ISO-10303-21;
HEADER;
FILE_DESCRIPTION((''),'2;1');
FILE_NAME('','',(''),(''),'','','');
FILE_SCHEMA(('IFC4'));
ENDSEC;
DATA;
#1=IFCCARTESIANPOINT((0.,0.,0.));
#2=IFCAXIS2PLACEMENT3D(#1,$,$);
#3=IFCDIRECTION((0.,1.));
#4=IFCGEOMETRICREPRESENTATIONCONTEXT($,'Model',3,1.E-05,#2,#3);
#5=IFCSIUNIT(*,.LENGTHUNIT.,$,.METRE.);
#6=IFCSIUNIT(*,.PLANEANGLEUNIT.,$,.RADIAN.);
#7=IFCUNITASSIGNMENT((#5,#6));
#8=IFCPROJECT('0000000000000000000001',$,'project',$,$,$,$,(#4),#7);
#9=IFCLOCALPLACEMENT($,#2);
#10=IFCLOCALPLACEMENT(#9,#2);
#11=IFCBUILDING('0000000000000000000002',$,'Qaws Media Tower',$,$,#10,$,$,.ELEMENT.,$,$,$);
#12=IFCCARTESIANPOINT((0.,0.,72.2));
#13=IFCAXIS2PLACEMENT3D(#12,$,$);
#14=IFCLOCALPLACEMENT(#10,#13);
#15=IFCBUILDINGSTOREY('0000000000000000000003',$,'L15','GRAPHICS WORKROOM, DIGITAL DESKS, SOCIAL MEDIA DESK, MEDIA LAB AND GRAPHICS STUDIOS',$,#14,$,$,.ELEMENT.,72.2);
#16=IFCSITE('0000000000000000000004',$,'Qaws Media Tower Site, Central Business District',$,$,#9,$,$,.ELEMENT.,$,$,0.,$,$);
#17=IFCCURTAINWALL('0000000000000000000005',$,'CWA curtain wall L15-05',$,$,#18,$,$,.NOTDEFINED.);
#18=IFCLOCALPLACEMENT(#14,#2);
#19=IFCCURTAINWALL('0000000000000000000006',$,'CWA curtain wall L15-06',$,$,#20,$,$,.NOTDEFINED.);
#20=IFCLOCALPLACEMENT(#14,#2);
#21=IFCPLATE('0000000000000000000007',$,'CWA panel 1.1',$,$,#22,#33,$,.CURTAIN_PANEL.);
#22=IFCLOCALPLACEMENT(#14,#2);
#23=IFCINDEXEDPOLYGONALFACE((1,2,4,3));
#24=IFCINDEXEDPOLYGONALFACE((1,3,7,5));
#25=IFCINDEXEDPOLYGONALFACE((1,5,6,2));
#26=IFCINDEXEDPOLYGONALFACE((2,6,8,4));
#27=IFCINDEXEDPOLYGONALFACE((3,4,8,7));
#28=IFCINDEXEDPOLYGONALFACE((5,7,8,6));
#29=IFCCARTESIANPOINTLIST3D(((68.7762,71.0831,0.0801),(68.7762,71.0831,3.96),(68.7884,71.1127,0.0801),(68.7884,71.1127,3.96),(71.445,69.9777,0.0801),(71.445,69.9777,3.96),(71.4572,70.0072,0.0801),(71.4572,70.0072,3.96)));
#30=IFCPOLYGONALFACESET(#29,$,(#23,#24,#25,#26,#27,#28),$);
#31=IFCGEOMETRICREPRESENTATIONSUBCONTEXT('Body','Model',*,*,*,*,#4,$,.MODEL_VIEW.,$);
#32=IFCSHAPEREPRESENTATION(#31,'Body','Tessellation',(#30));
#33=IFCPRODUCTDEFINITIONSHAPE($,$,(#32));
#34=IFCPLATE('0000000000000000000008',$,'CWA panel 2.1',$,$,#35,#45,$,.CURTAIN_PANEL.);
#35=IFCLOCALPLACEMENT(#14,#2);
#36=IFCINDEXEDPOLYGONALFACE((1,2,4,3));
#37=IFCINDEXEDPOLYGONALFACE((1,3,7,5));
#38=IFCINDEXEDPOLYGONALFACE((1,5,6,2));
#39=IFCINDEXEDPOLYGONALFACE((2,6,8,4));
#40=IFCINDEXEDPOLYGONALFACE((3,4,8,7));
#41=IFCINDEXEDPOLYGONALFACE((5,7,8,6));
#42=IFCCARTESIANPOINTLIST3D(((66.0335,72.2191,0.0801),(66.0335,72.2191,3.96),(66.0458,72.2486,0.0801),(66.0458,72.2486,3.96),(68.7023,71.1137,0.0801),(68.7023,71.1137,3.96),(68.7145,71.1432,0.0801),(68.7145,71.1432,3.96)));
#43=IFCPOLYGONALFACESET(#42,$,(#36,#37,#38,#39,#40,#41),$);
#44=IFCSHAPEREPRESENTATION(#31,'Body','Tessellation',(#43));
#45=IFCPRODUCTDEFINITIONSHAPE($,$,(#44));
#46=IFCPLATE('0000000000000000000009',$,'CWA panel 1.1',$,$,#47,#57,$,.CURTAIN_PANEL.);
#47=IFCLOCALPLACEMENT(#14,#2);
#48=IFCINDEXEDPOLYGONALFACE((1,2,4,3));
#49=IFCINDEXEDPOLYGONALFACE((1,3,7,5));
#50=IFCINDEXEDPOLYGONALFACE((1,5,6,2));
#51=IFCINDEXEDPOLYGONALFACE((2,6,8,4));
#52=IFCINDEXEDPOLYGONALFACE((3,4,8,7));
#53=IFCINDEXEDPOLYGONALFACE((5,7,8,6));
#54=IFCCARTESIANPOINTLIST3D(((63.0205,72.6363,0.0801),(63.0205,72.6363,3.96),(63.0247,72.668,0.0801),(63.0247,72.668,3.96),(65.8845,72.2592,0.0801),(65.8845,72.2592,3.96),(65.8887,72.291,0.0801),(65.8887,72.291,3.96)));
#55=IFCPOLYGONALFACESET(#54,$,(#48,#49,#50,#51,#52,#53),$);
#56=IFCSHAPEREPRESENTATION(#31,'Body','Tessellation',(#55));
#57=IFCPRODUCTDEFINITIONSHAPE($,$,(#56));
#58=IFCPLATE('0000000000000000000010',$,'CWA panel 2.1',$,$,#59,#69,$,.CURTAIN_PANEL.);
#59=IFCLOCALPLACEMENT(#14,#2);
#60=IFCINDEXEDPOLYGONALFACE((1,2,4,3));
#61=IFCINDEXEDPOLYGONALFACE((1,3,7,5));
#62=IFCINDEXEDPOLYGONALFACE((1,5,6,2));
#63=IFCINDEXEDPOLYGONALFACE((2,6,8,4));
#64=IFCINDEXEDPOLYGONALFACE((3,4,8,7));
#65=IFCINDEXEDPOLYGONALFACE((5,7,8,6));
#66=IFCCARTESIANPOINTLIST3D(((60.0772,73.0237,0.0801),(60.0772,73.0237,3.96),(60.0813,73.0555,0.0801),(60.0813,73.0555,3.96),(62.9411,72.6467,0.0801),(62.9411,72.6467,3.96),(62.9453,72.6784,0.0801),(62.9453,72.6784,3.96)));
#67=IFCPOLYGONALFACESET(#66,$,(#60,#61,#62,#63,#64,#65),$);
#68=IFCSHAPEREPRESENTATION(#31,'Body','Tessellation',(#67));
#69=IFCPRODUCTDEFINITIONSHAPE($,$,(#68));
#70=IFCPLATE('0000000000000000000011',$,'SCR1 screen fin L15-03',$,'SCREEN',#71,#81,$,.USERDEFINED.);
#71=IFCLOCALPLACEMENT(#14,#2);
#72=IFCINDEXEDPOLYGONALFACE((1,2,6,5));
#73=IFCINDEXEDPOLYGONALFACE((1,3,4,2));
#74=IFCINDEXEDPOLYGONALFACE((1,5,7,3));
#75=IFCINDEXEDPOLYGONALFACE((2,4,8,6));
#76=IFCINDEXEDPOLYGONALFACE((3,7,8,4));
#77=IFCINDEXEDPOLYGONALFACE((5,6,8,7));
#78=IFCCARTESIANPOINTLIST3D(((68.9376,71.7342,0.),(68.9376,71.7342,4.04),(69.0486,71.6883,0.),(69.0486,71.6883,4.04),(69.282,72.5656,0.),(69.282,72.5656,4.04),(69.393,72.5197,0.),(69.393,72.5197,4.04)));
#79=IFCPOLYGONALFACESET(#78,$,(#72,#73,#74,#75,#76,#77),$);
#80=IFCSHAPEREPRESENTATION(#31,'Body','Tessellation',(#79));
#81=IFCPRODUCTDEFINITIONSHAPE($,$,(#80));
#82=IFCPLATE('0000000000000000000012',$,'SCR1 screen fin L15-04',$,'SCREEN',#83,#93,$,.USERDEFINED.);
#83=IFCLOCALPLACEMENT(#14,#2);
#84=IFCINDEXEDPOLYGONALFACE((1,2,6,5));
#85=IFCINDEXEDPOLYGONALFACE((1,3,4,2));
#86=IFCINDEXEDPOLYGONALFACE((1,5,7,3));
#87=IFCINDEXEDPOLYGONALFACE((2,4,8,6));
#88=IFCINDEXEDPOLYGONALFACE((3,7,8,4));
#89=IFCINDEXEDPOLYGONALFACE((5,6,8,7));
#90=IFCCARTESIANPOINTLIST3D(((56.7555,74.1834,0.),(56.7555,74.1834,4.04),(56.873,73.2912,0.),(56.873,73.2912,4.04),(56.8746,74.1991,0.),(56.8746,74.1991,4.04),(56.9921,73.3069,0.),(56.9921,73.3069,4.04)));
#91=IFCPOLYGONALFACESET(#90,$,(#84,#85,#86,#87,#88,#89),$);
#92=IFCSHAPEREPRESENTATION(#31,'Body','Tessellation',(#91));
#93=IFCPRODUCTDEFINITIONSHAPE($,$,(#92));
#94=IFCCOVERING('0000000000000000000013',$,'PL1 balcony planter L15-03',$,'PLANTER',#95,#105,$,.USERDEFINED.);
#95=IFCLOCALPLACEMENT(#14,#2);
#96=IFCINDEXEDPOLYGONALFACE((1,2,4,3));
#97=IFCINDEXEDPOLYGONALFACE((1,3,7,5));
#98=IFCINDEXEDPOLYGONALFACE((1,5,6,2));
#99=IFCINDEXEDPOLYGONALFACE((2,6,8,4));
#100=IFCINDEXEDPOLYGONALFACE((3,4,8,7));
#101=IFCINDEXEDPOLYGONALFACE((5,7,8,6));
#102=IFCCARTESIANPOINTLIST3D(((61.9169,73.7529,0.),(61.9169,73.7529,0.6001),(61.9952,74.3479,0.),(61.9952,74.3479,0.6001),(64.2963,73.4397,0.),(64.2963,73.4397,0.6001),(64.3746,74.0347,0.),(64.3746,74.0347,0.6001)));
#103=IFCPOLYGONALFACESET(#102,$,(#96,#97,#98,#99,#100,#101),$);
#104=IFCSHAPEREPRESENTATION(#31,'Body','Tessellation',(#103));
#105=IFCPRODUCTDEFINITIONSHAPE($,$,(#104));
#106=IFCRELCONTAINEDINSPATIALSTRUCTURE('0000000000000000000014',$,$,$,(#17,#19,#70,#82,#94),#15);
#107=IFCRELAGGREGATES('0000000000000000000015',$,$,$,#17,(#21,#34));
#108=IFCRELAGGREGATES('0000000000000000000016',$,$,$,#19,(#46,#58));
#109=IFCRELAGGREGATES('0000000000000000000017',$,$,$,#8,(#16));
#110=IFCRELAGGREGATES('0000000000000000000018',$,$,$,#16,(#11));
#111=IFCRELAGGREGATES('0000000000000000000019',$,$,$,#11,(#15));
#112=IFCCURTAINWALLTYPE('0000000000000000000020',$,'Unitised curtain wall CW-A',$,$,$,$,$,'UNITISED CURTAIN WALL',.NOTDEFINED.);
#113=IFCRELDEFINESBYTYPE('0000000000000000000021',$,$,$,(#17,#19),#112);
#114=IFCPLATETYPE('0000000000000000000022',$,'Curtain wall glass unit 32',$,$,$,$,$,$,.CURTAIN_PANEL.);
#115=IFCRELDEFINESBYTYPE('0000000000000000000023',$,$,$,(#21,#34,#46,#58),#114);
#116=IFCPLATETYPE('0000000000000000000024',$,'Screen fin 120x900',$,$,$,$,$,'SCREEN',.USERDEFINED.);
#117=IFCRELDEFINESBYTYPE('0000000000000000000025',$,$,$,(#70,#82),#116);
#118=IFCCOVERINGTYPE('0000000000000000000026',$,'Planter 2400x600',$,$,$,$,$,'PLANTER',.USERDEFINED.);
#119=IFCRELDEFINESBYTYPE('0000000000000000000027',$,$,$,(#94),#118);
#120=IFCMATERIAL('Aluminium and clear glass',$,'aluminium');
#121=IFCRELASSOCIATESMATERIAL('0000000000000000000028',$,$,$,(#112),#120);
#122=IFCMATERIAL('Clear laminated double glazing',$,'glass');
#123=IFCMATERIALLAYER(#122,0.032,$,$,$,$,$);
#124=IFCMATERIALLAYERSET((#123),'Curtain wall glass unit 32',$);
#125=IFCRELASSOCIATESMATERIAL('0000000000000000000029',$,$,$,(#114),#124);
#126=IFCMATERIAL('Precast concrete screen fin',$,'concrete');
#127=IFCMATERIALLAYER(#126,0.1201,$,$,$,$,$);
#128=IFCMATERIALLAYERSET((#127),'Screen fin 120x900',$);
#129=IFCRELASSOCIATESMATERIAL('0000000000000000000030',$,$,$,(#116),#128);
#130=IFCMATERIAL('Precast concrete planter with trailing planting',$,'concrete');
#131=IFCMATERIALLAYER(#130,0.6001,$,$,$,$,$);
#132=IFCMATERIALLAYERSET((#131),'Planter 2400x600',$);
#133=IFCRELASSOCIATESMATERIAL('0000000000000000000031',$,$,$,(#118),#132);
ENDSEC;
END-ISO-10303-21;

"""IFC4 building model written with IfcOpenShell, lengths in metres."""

from ifc_helpers import new_model, si_unit, direction, frame, origin, origin_2d, place, context, subcontext, project, spatial, rectangle, extrude, material, layer, layer_set, type_object, element, aggregate, save


model = new_model("IFC4")

# Units and contexts
model_context = context("Model", 3, precision=1e-05, world=origin(), true_north=direction((0.0, 1.0)))
body_context = subcontext(model_context, "Body", "Model", "MODEL_VIEW")
ifc_project = project(units=[si_unit("LENGTHUNIT", "METRE"), si_unit("PLANEANGLEUNIT", "RADIAN")], contexts=[model_context])

# Site, building, storey
site_placement = place(None, origin())
site = spatial("IfcSite", under=ifc_project, at=site_placement, Name="Qaws Media Tower Site, Central Business District", CompositionType="ELEMENT", RefElevation=0.0)
building_placement = place(site_placement, origin())
building = spatial("IfcBuilding", under=site, at=building_placement, Name="Qaws Media Tower", CompositionType="ELEMENT")
storey_placement = place(building_placement, frame((0.0, 0.0, 72.2)))
storey = spatial("IfcBuildingStorey", under=building, at=storey_placement, Name="L15", Description="GRAPHICS WORKROOM, DIGITAL DESKS, SOCIAL MEDIA DESK, MEDIA LAB AND GRAPHICS STUDIOS", CompositionType="ELEMENT", Elevation=72.2)

# Curtain walls
ifc_material_1 = material(Name="Aluminium and clear glass", Category="aluminium")
curtain_wall_type = type_object("IfcCurtainWallType", Name="Unitised curtain wall CW-A", ElementType="UNITISED CURTAIN WALL", PredefinedType="NOTDEFINED", material=ifc_material_1)
curtain_wall_1_placement = place(storey_placement, origin())
curtain_wall_1 = element("IfcCurtainWall", 1, at=curtain_wall_1_placement, inside=storey, type_object=curtain_wall_type, Name="CWA curtain wall L15-05", PredefinedType="NOTDEFINED")
curtain_wall_2_placement = place(storey_placement, origin())
curtain_wall_2 = element("IfcCurtainWall", 2, at=curtain_wall_2_placement, inside=storey, type_object=curtain_wall_type, Name="CWA curtain wall L15-06", PredefinedType="NOTDEFINED")

# Plates
ifc_material_2 = material(Name="Clear laminated double glazing", Category="glass")
ifc_layer_1 = layer(ifc_material_2, 0.032)
ifc_layer_set_1 = layer_set([ifc_layer_1], Name="Curtain wall glass unit 32")
plate_type_1 = type_object("IfcPlateType", Name="Curtain wall glass unit 32", PredefinedType="CURTAIN_PANEL", material=ifc_layer_set_1)
plate_1_placement = place(storey_placement, frame((70.1167, 70.5452, 0.0801), z_axis=(0.0, 0.0, 1.0), x_axis=(-0.92388, 0.382683, 0.0)))
plate_1 = element("IfcPlate", 3, at=plate_1_placement, type_object=plate_type_1, Name="CWA panel 1.1", PredefinedType="CURTAIN_PANEL", context=body_context, shape_type="SweptSolid", body=[
    extrude(rectangle(XDim=2.8887, YDim=0.032, at=origin_2d()), origin(), (0.0, 0.0, 1.0), 3.8799),
])
plate_2_placement = place(storey_placement, frame((67.374, 71.6812, 0.0801), z_axis=(0.0, 0.0, 1.0), x_axis=(-0.92388, 0.382683, 0.0)))
plate_2 = element("IfcPlate", 4, at=plate_2_placement, type_object=plate_type_1, Name="CWA panel 2.1", PredefinedType="CURTAIN_PANEL", context=body_context, shape_type="SweptSolid", body=[
    extrude(rectangle(XDim=2.8887, YDim=0.032, at=origin_2d()), origin(), (0.0, 0.0, 1.0), 3.8799),
])
aggregate(curtain_wall_1, [plate_1, plate_2])
plate_3_placement = place(storey_placement, frame((64.4546, 72.4636, 0.0801), z_axis=(0.0, 0.0, 1.0), x_axis=(-0.991445, 0.130526, 0.0)))
plate_3 = element("IfcPlate", 5, at=plate_3_placement, type_object=plate_type_1, Name="CWA panel 1.1", PredefinedType="CURTAIN_PANEL", context=body_context, shape_type="SweptSolid", body=[
    extrude(rectangle(XDim=2.8887, YDim=0.032, at=origin_2d()), origin(), (0.0, 0.0, 1.0), 3.8799),
])
plate_4_placement = place(storey_placement, frame((61.5112, 72.8511, 0.0801), z_axis=(0.0, 0.0, 1.0), x_axis=(-0.991445, 0.130526, 0.0)))
plate_4 = element("IfcPlate", 6, at=plate_4_placement, type_object=plate_type_1, Name="CWA panel 2.1", PredefinedType="CURTAIN_PANEL", context=body_context, shape_type="SweptSolid", body=[
    extrude(rectangle(XDim=2.8887, YDim=0.032, at=origin_2d()), origin(), (0.0, 0.0, 1.0), 3.8799),
])
aggregate(curtain_wall_2, [plate_3, plate_4])

# Plates
ifc_material_3 = material(Name="Precast concrete screen fin", Category="concrete")
ifc_layer_2 = layer(ifc_material_3, 0.1201)
ifc_layer_set_2 = layer_set([ifc_layer_2], Name="Screen fin 120x900")
plate_type_2 = type_object("IfcPlateType", Name="Screen fin 120x900", ElementType="SCREEN", PredefinedType="USERDEFINED", material=ifc_layer_set_2)
for number, where, z_axis, x_axis, name in (
    (7, (69.1653, 72.127, 0.0), (0.0, 0.0, 1.0), (0.382683, 0.92388, 0.0), "SCR1 screen fin L15-03"),
    (8, (56.8738, 73.7451, 0.0), (0.0, 0.0, 1.0), (-0.130526, 0.991445, 0.0), "SCR1 screen fin L15-04"),
):
    element("IfcPlate", number, at=place(storey_placement, frame(where, z_axis=z_axis, x_axis=x_axis)), inside=storey, type_object=plate_type_2, Name=name, ObjectType="SCREEN", PredefinedType="USERDEFINED", context=body_context, shape_type="SweptSolid", body=[
        extrude(rectangle(XDim=0.8999, YDim=0.1201, at=origin_2d()), origin(), (0.0, 0.0, 1.0), 4.04),
    ])

# Covering
ifc_material_4 = material(Name="Precast concrete planter with trailing planting", Category="concrete")
ifc_layer_3 = layer(ifc_material_4, 0.6001)
ifc_layer_set_3 = layer_set([ifc_layer_3], Name="Planter 2400x600")
covering_type = type_object("IfcCoveringType", Name="Planter 2400x600", ElementType="PLANTER", PredefinedType="USERDEFINED", material=ifc_layer_set_3)
covering_placement = place(storey_placement, frame((63.1458, 73.8938, 0.0), z_axis=(0.0, 0.0, 1.0), x_axis=(-0.991445, 0.130526, 0.0)))
element("IfcCovering", 9, at=covering_placement, inside=storey, type_object=covering_type, Name="PL1 balcony planter L15-03", ObjectType="PLANTER", PredefinedType="USERDEFINED", context=body_context, shape_type="SweptSolid", body=[
    extrude(rectangle(XDim=2.3999, YDim=0.6001, at=origin_2d()), origin(), (0.0, 0.0, 1.0), 0.6001),
])

save(model, "model.ifc")
